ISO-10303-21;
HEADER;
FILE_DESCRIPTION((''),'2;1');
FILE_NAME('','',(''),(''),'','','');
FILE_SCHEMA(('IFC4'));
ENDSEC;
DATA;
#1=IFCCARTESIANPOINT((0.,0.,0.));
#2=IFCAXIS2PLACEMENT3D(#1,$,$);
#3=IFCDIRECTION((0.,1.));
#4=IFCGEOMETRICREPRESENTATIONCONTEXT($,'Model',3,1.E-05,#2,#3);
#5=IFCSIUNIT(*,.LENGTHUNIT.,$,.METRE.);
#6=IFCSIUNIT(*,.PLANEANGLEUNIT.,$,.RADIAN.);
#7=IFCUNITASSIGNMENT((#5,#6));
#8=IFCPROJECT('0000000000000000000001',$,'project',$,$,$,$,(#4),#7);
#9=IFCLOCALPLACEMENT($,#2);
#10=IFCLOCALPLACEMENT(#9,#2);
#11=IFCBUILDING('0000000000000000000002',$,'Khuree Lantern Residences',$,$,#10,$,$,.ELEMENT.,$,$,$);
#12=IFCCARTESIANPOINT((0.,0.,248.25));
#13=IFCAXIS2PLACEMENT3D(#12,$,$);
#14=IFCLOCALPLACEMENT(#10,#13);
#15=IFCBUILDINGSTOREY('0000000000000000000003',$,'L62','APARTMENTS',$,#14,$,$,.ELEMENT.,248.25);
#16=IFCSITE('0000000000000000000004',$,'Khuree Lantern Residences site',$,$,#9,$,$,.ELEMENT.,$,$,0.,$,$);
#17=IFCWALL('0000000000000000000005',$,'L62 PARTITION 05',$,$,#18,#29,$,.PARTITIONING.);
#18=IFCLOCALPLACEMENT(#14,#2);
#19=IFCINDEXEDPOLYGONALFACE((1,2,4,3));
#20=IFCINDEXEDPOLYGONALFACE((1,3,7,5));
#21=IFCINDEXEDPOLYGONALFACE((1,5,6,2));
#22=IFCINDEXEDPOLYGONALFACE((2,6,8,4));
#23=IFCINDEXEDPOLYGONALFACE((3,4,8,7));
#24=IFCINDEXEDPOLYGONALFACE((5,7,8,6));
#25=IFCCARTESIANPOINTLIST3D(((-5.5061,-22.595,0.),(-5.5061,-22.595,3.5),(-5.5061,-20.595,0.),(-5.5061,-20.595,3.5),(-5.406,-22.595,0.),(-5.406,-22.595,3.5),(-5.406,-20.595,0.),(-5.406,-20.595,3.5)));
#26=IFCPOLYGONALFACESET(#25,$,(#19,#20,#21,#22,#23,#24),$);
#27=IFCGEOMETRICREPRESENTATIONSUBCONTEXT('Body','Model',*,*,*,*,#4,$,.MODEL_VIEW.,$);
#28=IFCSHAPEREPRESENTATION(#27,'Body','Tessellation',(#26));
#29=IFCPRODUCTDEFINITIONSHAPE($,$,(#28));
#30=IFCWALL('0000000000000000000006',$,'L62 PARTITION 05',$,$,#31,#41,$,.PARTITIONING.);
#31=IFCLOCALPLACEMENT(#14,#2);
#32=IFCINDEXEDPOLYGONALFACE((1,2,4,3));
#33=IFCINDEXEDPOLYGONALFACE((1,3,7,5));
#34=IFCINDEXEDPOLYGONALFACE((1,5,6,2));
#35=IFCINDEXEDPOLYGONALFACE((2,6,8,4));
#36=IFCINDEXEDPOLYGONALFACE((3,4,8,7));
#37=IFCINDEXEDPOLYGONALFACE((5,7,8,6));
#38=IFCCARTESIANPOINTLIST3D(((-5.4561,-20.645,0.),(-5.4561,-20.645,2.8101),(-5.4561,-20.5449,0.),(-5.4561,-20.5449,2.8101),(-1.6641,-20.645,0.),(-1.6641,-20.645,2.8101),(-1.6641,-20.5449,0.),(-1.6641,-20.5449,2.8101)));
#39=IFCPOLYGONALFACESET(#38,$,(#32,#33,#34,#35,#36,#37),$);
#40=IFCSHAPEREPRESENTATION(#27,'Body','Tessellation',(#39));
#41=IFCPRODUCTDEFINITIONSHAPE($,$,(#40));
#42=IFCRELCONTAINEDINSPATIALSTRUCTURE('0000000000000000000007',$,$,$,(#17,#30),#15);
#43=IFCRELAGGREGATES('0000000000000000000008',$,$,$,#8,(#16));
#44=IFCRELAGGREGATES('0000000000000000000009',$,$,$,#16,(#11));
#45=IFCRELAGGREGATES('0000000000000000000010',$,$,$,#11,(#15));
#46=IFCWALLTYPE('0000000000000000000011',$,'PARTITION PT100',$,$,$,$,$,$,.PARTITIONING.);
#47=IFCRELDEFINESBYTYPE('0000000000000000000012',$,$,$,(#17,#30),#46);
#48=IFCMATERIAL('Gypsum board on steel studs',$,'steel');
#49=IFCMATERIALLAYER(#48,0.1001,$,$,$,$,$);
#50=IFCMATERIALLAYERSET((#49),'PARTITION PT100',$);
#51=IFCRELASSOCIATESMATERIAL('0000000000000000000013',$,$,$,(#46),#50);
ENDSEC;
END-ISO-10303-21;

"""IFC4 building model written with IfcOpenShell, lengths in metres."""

from ifc_helpers import new_model, si_unit, direction, frame, frame_2d, origin, place, context, subcontext, project, spatial, rectangle, extrude, material, layer, layer_set, type_object, element, save


model = new_model("IFC4")

# Units and contexts
model_context = context("Model", 3, precision=1e-05, world=origin(), true_north=direction((0.0, 1.0)))
body_context = subcontext(model_context, "Body", "Model", "MODEL_VIEW")
ifc_project = project(units=[si_unit("LENGTHUNIT", "METRE"), si_unit("PLANEANGLEUNIT", "RADIAN")], contexts=[model_context])

# Site, building, storey
site_placement = place(None, origin())
site = spatial("IfcSite", under=ifc_project, at=site_placement, Name="Khuree Lantern Residences site", CompositionType="ELEMENT", RefElevation=0.0)
building_placement = place(site_placement, origin())
building = spatial("IfcBuilding", under=site, at=building_placement, Name="Khuree Lantern Residences", CompositionType="ELEMENT")
storey_placement = place(building_placement, frame((0.0, 0.0, 248.25)))
storey = spatial("IfcBuildingStorey", under=building, at=storey_placement, Name="L62", Description="APARTMENTS", CompositionType="ELEMENT", Elevation=248.25)

# Shared definitions
ifc_material_1 = material(Name="Gypsum board on steel studs", Category="steel")

# Walls
ifc_layer_1 = layer(ifc_material_1, 0.1001)
ifc_layer_set_1 = layer_set([ifc_layer_1], Name="PARTITION PT100")
wall_type_1 = type_object("IfcWallType", Name="PARTITION PT100", PredefinedType="PARTITIONING", material=ifc_layer_set_1)
wall_1_placement = place(storey_placement, frame((-5.4561, -20.595, 0.0), z_axis=(0.0, 0.0, 1.0), x_axis=(0.0, -1.0, 0.0)))
element("IfcWall", 1, at=wall_1_placement, inside=storey, type_object=wall_type_1, Name="L62 PARTITION 05", PredefinedType="PARTITIONING", context=body_context, shape_type="SweptSolid", body=[
    extrude(rectangle(XDim=2.0, YDim=0.1001, at=frame_2d((1.0, 0.0))), origin(), (0.0, 0.0, 1.0), 3.5),
])
wall_2_placement = place(storey_placement, frame((-5.4561, -20.595, 0.0), z_axis=(0.0, 0.0, 1.0), x_axis=(1.0, 0.0, 0.0)))
element("IfcWall", 2, at=wall_2_placement, inside=storey, type_object=wall_type_1, Name="L62 PARTITION 05", PredefinedType="PARTITIONING", context=body_context, shape_type="SweptSolid", body=[
    extrude(rectangle(XDim=3.792, YDim=0.1001, at=frame_2d((1.896, 0.0))), origin(), (0.0, 0.0, 1.0), 2.8101),
])

save(model, "model.ifc")
